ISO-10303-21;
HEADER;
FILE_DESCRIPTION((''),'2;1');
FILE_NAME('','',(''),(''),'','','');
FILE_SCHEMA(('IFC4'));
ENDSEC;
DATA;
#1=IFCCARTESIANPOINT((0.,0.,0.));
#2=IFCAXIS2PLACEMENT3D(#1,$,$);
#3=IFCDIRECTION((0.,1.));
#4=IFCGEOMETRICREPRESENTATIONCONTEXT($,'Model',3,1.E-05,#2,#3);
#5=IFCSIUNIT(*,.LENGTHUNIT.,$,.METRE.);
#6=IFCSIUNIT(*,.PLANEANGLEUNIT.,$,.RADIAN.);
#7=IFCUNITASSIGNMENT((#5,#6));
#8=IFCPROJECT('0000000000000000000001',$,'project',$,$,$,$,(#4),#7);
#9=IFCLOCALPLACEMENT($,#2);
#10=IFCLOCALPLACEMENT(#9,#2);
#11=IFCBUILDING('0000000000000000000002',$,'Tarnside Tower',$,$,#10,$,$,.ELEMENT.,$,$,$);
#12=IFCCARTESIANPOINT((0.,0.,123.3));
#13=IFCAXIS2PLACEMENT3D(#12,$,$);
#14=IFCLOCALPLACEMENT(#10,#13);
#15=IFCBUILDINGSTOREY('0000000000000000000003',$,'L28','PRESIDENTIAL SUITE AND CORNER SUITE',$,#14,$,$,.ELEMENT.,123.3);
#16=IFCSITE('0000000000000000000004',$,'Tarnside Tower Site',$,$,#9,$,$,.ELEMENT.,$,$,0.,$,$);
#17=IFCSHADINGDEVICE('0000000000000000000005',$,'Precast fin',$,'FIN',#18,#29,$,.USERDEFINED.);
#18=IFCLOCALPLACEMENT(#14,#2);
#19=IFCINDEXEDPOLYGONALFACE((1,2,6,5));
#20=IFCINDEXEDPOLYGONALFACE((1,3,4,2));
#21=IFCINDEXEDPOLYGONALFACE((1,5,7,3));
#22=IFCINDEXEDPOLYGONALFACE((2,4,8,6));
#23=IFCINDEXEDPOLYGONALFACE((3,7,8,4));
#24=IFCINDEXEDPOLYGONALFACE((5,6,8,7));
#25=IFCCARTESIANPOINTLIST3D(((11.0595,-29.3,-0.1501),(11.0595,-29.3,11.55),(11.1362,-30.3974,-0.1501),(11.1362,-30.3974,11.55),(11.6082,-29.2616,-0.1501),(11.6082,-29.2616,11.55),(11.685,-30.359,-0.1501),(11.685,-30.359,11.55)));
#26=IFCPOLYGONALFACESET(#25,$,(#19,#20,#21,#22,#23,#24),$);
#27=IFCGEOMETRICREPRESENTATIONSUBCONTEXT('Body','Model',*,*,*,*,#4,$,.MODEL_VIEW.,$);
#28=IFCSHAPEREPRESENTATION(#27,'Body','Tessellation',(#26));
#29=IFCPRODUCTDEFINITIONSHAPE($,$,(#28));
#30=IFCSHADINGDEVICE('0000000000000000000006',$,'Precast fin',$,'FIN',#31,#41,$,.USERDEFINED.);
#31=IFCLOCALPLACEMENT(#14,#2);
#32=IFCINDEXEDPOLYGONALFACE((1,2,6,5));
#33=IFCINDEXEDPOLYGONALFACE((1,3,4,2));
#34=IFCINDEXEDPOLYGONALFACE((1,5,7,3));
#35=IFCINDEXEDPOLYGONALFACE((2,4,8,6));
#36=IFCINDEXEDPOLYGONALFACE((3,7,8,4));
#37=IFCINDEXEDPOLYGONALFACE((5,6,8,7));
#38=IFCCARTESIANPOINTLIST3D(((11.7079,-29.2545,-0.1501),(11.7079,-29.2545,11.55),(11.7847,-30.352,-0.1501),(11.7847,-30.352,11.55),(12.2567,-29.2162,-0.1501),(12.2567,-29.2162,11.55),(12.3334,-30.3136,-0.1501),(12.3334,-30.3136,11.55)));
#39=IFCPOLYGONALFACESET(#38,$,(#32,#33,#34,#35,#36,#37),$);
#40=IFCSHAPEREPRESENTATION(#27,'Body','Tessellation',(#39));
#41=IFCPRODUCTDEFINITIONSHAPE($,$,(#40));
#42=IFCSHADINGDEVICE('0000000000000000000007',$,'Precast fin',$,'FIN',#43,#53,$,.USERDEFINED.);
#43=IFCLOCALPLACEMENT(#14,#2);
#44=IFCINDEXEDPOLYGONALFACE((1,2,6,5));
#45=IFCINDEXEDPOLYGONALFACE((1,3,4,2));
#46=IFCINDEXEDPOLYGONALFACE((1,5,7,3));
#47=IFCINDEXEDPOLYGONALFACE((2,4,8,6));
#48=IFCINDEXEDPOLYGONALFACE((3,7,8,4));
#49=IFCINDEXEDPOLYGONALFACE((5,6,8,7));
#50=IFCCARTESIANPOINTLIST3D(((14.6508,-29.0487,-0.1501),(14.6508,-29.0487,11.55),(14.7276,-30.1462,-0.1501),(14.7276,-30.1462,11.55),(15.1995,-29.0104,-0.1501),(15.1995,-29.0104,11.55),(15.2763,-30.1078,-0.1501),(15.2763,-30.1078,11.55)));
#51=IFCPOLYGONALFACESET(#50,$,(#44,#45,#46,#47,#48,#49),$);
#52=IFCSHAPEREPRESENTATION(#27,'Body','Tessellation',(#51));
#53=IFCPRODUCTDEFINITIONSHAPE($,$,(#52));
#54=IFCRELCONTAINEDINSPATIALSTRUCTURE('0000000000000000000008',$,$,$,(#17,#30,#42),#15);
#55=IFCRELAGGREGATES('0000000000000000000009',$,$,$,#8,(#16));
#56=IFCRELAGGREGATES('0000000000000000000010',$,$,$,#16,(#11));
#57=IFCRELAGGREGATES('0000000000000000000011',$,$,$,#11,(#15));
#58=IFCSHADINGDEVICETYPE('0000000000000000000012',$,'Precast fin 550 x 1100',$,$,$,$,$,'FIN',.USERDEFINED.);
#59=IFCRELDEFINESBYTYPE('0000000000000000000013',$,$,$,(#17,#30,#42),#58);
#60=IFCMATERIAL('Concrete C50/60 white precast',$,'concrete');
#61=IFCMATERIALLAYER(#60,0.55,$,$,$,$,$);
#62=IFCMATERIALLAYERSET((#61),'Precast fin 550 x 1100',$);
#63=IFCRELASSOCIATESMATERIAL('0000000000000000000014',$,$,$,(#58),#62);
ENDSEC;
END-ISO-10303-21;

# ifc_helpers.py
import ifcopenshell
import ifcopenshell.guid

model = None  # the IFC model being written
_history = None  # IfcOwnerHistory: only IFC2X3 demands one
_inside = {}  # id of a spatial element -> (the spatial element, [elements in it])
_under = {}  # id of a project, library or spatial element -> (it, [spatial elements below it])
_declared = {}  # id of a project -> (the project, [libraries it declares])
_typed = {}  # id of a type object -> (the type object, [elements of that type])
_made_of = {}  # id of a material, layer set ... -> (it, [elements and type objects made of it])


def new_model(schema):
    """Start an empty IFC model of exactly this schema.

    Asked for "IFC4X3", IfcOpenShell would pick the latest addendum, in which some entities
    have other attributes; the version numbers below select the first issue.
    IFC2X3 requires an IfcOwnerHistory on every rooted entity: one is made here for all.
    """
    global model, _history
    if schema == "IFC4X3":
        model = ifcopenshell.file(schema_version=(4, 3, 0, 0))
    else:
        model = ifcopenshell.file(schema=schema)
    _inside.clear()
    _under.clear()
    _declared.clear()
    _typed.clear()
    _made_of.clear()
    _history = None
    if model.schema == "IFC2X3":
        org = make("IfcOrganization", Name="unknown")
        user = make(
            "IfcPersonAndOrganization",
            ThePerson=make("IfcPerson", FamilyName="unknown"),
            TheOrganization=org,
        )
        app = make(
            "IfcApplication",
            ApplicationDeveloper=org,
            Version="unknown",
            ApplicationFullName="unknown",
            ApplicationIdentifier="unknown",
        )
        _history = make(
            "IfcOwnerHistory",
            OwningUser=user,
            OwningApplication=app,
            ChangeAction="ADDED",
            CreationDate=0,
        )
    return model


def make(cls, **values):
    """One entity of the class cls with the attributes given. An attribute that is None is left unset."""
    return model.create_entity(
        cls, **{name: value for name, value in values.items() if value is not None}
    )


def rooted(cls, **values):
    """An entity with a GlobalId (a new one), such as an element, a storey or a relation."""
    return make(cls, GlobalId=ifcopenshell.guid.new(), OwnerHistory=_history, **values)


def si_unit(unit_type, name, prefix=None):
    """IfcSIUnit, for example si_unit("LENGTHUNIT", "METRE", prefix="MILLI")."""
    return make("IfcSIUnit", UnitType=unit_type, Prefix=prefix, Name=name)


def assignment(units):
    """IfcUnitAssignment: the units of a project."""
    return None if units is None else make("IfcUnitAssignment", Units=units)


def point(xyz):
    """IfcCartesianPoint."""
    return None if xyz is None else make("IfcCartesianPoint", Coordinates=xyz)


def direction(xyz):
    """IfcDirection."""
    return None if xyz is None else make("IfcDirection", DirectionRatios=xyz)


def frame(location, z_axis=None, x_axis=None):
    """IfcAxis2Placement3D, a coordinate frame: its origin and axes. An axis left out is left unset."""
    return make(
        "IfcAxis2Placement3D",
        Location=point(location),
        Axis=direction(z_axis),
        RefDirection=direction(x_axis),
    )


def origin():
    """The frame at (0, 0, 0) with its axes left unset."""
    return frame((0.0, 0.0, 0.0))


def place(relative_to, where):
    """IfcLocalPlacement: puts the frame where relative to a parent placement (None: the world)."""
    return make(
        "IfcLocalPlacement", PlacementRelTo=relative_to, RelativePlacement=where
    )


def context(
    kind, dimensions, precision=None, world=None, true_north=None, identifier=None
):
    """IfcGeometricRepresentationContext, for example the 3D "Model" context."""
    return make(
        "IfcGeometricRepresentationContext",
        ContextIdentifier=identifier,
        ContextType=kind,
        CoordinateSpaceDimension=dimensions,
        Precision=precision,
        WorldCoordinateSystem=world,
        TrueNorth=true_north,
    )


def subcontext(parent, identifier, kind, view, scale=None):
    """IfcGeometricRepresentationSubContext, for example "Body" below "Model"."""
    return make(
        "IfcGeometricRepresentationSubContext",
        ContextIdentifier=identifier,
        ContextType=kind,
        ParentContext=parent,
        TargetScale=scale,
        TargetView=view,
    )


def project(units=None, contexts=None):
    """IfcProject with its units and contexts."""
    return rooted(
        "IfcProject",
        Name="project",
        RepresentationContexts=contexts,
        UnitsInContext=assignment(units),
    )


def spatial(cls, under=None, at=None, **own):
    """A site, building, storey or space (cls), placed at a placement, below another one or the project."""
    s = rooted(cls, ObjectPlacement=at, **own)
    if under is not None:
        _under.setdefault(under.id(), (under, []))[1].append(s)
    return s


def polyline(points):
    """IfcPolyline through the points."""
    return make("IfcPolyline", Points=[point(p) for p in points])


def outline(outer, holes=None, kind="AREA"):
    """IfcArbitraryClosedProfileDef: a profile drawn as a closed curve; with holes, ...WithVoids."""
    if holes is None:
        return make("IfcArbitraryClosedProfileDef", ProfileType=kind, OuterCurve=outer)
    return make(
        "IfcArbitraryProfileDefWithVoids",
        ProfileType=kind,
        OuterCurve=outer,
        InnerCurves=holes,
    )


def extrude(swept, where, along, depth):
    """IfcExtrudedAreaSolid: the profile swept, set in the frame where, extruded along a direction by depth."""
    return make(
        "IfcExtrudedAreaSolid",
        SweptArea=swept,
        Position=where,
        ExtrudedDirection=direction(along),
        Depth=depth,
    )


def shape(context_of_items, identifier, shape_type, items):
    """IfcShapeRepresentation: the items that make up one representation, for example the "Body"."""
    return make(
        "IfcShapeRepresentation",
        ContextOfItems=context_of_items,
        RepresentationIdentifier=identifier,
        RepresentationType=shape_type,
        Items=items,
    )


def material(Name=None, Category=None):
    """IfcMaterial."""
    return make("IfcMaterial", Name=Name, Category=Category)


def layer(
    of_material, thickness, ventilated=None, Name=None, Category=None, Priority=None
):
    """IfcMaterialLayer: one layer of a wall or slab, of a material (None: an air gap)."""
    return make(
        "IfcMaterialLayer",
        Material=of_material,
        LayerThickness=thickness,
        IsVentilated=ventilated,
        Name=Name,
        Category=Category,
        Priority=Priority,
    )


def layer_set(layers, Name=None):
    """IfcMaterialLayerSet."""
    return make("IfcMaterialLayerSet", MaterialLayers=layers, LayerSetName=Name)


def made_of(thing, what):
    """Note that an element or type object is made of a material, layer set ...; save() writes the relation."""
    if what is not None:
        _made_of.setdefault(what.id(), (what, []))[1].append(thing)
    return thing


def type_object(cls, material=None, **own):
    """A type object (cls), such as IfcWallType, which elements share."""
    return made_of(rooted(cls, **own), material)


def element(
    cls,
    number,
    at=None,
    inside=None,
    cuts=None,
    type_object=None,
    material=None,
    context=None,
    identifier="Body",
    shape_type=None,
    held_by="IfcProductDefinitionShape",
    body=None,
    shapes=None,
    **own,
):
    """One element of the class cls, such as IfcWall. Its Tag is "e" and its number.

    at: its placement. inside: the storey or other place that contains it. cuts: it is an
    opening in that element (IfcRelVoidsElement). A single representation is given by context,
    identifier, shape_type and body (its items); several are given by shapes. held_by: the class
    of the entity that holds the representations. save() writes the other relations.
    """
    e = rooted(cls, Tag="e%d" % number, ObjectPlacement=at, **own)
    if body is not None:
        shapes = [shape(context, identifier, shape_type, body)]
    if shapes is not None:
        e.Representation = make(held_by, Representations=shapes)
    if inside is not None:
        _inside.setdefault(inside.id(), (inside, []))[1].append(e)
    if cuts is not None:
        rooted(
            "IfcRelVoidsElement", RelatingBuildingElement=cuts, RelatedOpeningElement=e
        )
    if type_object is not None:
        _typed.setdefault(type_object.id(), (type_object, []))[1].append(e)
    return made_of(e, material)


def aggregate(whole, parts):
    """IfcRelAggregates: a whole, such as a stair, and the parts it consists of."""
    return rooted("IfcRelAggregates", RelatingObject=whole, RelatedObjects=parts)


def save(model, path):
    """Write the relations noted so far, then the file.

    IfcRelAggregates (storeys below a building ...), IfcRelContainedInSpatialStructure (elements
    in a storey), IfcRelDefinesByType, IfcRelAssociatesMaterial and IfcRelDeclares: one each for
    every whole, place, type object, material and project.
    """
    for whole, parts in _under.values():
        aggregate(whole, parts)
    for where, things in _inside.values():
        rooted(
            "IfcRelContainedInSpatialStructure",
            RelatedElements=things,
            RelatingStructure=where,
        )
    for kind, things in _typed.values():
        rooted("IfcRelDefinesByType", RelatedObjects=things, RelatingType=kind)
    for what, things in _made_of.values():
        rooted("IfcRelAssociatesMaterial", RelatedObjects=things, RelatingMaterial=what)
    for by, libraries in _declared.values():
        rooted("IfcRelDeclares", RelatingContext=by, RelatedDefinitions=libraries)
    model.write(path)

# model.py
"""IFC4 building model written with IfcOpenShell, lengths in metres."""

from ifc_helpers import new_model, si_unit, direction, frame, origin, place, context, subcontext, project, spatial, polyline, outline, extrude, material, layer, layer_set, type_object, element, save


model = new_model("IFC4")

# Units and contexts
model_context = context("Model", 3, precision=1e-05, world=origin(), true_north=direction((0.0, 1.0)))
body_context = subcontext(model_context, "Body", "Model", "MODEL_VIEW")
ifc_project = project(units=[si_unit("LENGTHUNIT", "METRE"), si_unit("PLANEANGLEUNIT", "RADIAN")], contexts=[model_context])

# Site, building, storey
site_placement = place(None, origin())
site = spatial("IfcSite", under=ifc_project, at=site_placement, Name="Tarnside Tower Site", CompositionType="ELEMENT", RefElevation=0.0)
building_placement = place(site_placement, origin())
building = spatial("IfcBuilding", under=site, at=building_placement, Name="Tarnside Tower", CompositionType="ELEMENT")
storey_placement = place(building_placement, frame((0.0, 0.0, 123.3)))
storey = spatial("IfcBuildingStorey", under=building, at=storey_placement, Name="L28", Description="PRESIDENTIAL SUITE AND CORNER SUITE", CompositionType="ELEMENT", Elevation=123.3)

# Shading devices
ifc_material_1 = material(Name="Concrete C50/60 white precast", Category="concrete")
ifc_layer_1 = layer(ifc_material_1, 0.55)
ifc_layer_set_1 = layer_set([ifc_layer_1], Name="Precast fin 550 x 1100")
shading_device_type = type_object("IfcShadingDeviceType", Name="Precast fin 550 x 1100", ElementType="FIN", PredefinedType="USERDEFINED", material=ifc_layer_set_1)
for number, where, z_axis, x_axis, name in (
    (1, (11.334, -29.2808, -0.1501), (-0.997564, -0.069756, 0.0), (0.069756, -0.997564, 0.0), "Precast fin"),
    (2, (11.9824, -29.2354, -0.1501), (-0.997564, -0.069756, 0.0), (0.069756, -0.997564, 0.0), "Precast fin"),
    (3, (14.9253, -29.0295, -0.1501), (-0.997564, -0.069756, 0.0), (0.069756, -0.997564, 0.0), "Precast fin"),
):
    element("IfcShadingDevice", number, at=place(storey_placement, frame(where, z_axis=z_axis, x_axis=x_axis)), inside=storey, type_object=shading_device_type, Name=name, ObjectType="FIN", PredefinedType="USERDEFINED", context=body_context, shape_type="SweptSolid", body=[
        extrude(outline(polyline([(0.0, 0.0), (1.1001, 0.0), (1.1001, 11.7002), (0.0, 11.7002), (0.0, 0.0)])), frame((0.0, 0.0, -0.2749)), (0.0, 0.0, 1.0), 0.55),
    ])

save(model, "model.ifc")
